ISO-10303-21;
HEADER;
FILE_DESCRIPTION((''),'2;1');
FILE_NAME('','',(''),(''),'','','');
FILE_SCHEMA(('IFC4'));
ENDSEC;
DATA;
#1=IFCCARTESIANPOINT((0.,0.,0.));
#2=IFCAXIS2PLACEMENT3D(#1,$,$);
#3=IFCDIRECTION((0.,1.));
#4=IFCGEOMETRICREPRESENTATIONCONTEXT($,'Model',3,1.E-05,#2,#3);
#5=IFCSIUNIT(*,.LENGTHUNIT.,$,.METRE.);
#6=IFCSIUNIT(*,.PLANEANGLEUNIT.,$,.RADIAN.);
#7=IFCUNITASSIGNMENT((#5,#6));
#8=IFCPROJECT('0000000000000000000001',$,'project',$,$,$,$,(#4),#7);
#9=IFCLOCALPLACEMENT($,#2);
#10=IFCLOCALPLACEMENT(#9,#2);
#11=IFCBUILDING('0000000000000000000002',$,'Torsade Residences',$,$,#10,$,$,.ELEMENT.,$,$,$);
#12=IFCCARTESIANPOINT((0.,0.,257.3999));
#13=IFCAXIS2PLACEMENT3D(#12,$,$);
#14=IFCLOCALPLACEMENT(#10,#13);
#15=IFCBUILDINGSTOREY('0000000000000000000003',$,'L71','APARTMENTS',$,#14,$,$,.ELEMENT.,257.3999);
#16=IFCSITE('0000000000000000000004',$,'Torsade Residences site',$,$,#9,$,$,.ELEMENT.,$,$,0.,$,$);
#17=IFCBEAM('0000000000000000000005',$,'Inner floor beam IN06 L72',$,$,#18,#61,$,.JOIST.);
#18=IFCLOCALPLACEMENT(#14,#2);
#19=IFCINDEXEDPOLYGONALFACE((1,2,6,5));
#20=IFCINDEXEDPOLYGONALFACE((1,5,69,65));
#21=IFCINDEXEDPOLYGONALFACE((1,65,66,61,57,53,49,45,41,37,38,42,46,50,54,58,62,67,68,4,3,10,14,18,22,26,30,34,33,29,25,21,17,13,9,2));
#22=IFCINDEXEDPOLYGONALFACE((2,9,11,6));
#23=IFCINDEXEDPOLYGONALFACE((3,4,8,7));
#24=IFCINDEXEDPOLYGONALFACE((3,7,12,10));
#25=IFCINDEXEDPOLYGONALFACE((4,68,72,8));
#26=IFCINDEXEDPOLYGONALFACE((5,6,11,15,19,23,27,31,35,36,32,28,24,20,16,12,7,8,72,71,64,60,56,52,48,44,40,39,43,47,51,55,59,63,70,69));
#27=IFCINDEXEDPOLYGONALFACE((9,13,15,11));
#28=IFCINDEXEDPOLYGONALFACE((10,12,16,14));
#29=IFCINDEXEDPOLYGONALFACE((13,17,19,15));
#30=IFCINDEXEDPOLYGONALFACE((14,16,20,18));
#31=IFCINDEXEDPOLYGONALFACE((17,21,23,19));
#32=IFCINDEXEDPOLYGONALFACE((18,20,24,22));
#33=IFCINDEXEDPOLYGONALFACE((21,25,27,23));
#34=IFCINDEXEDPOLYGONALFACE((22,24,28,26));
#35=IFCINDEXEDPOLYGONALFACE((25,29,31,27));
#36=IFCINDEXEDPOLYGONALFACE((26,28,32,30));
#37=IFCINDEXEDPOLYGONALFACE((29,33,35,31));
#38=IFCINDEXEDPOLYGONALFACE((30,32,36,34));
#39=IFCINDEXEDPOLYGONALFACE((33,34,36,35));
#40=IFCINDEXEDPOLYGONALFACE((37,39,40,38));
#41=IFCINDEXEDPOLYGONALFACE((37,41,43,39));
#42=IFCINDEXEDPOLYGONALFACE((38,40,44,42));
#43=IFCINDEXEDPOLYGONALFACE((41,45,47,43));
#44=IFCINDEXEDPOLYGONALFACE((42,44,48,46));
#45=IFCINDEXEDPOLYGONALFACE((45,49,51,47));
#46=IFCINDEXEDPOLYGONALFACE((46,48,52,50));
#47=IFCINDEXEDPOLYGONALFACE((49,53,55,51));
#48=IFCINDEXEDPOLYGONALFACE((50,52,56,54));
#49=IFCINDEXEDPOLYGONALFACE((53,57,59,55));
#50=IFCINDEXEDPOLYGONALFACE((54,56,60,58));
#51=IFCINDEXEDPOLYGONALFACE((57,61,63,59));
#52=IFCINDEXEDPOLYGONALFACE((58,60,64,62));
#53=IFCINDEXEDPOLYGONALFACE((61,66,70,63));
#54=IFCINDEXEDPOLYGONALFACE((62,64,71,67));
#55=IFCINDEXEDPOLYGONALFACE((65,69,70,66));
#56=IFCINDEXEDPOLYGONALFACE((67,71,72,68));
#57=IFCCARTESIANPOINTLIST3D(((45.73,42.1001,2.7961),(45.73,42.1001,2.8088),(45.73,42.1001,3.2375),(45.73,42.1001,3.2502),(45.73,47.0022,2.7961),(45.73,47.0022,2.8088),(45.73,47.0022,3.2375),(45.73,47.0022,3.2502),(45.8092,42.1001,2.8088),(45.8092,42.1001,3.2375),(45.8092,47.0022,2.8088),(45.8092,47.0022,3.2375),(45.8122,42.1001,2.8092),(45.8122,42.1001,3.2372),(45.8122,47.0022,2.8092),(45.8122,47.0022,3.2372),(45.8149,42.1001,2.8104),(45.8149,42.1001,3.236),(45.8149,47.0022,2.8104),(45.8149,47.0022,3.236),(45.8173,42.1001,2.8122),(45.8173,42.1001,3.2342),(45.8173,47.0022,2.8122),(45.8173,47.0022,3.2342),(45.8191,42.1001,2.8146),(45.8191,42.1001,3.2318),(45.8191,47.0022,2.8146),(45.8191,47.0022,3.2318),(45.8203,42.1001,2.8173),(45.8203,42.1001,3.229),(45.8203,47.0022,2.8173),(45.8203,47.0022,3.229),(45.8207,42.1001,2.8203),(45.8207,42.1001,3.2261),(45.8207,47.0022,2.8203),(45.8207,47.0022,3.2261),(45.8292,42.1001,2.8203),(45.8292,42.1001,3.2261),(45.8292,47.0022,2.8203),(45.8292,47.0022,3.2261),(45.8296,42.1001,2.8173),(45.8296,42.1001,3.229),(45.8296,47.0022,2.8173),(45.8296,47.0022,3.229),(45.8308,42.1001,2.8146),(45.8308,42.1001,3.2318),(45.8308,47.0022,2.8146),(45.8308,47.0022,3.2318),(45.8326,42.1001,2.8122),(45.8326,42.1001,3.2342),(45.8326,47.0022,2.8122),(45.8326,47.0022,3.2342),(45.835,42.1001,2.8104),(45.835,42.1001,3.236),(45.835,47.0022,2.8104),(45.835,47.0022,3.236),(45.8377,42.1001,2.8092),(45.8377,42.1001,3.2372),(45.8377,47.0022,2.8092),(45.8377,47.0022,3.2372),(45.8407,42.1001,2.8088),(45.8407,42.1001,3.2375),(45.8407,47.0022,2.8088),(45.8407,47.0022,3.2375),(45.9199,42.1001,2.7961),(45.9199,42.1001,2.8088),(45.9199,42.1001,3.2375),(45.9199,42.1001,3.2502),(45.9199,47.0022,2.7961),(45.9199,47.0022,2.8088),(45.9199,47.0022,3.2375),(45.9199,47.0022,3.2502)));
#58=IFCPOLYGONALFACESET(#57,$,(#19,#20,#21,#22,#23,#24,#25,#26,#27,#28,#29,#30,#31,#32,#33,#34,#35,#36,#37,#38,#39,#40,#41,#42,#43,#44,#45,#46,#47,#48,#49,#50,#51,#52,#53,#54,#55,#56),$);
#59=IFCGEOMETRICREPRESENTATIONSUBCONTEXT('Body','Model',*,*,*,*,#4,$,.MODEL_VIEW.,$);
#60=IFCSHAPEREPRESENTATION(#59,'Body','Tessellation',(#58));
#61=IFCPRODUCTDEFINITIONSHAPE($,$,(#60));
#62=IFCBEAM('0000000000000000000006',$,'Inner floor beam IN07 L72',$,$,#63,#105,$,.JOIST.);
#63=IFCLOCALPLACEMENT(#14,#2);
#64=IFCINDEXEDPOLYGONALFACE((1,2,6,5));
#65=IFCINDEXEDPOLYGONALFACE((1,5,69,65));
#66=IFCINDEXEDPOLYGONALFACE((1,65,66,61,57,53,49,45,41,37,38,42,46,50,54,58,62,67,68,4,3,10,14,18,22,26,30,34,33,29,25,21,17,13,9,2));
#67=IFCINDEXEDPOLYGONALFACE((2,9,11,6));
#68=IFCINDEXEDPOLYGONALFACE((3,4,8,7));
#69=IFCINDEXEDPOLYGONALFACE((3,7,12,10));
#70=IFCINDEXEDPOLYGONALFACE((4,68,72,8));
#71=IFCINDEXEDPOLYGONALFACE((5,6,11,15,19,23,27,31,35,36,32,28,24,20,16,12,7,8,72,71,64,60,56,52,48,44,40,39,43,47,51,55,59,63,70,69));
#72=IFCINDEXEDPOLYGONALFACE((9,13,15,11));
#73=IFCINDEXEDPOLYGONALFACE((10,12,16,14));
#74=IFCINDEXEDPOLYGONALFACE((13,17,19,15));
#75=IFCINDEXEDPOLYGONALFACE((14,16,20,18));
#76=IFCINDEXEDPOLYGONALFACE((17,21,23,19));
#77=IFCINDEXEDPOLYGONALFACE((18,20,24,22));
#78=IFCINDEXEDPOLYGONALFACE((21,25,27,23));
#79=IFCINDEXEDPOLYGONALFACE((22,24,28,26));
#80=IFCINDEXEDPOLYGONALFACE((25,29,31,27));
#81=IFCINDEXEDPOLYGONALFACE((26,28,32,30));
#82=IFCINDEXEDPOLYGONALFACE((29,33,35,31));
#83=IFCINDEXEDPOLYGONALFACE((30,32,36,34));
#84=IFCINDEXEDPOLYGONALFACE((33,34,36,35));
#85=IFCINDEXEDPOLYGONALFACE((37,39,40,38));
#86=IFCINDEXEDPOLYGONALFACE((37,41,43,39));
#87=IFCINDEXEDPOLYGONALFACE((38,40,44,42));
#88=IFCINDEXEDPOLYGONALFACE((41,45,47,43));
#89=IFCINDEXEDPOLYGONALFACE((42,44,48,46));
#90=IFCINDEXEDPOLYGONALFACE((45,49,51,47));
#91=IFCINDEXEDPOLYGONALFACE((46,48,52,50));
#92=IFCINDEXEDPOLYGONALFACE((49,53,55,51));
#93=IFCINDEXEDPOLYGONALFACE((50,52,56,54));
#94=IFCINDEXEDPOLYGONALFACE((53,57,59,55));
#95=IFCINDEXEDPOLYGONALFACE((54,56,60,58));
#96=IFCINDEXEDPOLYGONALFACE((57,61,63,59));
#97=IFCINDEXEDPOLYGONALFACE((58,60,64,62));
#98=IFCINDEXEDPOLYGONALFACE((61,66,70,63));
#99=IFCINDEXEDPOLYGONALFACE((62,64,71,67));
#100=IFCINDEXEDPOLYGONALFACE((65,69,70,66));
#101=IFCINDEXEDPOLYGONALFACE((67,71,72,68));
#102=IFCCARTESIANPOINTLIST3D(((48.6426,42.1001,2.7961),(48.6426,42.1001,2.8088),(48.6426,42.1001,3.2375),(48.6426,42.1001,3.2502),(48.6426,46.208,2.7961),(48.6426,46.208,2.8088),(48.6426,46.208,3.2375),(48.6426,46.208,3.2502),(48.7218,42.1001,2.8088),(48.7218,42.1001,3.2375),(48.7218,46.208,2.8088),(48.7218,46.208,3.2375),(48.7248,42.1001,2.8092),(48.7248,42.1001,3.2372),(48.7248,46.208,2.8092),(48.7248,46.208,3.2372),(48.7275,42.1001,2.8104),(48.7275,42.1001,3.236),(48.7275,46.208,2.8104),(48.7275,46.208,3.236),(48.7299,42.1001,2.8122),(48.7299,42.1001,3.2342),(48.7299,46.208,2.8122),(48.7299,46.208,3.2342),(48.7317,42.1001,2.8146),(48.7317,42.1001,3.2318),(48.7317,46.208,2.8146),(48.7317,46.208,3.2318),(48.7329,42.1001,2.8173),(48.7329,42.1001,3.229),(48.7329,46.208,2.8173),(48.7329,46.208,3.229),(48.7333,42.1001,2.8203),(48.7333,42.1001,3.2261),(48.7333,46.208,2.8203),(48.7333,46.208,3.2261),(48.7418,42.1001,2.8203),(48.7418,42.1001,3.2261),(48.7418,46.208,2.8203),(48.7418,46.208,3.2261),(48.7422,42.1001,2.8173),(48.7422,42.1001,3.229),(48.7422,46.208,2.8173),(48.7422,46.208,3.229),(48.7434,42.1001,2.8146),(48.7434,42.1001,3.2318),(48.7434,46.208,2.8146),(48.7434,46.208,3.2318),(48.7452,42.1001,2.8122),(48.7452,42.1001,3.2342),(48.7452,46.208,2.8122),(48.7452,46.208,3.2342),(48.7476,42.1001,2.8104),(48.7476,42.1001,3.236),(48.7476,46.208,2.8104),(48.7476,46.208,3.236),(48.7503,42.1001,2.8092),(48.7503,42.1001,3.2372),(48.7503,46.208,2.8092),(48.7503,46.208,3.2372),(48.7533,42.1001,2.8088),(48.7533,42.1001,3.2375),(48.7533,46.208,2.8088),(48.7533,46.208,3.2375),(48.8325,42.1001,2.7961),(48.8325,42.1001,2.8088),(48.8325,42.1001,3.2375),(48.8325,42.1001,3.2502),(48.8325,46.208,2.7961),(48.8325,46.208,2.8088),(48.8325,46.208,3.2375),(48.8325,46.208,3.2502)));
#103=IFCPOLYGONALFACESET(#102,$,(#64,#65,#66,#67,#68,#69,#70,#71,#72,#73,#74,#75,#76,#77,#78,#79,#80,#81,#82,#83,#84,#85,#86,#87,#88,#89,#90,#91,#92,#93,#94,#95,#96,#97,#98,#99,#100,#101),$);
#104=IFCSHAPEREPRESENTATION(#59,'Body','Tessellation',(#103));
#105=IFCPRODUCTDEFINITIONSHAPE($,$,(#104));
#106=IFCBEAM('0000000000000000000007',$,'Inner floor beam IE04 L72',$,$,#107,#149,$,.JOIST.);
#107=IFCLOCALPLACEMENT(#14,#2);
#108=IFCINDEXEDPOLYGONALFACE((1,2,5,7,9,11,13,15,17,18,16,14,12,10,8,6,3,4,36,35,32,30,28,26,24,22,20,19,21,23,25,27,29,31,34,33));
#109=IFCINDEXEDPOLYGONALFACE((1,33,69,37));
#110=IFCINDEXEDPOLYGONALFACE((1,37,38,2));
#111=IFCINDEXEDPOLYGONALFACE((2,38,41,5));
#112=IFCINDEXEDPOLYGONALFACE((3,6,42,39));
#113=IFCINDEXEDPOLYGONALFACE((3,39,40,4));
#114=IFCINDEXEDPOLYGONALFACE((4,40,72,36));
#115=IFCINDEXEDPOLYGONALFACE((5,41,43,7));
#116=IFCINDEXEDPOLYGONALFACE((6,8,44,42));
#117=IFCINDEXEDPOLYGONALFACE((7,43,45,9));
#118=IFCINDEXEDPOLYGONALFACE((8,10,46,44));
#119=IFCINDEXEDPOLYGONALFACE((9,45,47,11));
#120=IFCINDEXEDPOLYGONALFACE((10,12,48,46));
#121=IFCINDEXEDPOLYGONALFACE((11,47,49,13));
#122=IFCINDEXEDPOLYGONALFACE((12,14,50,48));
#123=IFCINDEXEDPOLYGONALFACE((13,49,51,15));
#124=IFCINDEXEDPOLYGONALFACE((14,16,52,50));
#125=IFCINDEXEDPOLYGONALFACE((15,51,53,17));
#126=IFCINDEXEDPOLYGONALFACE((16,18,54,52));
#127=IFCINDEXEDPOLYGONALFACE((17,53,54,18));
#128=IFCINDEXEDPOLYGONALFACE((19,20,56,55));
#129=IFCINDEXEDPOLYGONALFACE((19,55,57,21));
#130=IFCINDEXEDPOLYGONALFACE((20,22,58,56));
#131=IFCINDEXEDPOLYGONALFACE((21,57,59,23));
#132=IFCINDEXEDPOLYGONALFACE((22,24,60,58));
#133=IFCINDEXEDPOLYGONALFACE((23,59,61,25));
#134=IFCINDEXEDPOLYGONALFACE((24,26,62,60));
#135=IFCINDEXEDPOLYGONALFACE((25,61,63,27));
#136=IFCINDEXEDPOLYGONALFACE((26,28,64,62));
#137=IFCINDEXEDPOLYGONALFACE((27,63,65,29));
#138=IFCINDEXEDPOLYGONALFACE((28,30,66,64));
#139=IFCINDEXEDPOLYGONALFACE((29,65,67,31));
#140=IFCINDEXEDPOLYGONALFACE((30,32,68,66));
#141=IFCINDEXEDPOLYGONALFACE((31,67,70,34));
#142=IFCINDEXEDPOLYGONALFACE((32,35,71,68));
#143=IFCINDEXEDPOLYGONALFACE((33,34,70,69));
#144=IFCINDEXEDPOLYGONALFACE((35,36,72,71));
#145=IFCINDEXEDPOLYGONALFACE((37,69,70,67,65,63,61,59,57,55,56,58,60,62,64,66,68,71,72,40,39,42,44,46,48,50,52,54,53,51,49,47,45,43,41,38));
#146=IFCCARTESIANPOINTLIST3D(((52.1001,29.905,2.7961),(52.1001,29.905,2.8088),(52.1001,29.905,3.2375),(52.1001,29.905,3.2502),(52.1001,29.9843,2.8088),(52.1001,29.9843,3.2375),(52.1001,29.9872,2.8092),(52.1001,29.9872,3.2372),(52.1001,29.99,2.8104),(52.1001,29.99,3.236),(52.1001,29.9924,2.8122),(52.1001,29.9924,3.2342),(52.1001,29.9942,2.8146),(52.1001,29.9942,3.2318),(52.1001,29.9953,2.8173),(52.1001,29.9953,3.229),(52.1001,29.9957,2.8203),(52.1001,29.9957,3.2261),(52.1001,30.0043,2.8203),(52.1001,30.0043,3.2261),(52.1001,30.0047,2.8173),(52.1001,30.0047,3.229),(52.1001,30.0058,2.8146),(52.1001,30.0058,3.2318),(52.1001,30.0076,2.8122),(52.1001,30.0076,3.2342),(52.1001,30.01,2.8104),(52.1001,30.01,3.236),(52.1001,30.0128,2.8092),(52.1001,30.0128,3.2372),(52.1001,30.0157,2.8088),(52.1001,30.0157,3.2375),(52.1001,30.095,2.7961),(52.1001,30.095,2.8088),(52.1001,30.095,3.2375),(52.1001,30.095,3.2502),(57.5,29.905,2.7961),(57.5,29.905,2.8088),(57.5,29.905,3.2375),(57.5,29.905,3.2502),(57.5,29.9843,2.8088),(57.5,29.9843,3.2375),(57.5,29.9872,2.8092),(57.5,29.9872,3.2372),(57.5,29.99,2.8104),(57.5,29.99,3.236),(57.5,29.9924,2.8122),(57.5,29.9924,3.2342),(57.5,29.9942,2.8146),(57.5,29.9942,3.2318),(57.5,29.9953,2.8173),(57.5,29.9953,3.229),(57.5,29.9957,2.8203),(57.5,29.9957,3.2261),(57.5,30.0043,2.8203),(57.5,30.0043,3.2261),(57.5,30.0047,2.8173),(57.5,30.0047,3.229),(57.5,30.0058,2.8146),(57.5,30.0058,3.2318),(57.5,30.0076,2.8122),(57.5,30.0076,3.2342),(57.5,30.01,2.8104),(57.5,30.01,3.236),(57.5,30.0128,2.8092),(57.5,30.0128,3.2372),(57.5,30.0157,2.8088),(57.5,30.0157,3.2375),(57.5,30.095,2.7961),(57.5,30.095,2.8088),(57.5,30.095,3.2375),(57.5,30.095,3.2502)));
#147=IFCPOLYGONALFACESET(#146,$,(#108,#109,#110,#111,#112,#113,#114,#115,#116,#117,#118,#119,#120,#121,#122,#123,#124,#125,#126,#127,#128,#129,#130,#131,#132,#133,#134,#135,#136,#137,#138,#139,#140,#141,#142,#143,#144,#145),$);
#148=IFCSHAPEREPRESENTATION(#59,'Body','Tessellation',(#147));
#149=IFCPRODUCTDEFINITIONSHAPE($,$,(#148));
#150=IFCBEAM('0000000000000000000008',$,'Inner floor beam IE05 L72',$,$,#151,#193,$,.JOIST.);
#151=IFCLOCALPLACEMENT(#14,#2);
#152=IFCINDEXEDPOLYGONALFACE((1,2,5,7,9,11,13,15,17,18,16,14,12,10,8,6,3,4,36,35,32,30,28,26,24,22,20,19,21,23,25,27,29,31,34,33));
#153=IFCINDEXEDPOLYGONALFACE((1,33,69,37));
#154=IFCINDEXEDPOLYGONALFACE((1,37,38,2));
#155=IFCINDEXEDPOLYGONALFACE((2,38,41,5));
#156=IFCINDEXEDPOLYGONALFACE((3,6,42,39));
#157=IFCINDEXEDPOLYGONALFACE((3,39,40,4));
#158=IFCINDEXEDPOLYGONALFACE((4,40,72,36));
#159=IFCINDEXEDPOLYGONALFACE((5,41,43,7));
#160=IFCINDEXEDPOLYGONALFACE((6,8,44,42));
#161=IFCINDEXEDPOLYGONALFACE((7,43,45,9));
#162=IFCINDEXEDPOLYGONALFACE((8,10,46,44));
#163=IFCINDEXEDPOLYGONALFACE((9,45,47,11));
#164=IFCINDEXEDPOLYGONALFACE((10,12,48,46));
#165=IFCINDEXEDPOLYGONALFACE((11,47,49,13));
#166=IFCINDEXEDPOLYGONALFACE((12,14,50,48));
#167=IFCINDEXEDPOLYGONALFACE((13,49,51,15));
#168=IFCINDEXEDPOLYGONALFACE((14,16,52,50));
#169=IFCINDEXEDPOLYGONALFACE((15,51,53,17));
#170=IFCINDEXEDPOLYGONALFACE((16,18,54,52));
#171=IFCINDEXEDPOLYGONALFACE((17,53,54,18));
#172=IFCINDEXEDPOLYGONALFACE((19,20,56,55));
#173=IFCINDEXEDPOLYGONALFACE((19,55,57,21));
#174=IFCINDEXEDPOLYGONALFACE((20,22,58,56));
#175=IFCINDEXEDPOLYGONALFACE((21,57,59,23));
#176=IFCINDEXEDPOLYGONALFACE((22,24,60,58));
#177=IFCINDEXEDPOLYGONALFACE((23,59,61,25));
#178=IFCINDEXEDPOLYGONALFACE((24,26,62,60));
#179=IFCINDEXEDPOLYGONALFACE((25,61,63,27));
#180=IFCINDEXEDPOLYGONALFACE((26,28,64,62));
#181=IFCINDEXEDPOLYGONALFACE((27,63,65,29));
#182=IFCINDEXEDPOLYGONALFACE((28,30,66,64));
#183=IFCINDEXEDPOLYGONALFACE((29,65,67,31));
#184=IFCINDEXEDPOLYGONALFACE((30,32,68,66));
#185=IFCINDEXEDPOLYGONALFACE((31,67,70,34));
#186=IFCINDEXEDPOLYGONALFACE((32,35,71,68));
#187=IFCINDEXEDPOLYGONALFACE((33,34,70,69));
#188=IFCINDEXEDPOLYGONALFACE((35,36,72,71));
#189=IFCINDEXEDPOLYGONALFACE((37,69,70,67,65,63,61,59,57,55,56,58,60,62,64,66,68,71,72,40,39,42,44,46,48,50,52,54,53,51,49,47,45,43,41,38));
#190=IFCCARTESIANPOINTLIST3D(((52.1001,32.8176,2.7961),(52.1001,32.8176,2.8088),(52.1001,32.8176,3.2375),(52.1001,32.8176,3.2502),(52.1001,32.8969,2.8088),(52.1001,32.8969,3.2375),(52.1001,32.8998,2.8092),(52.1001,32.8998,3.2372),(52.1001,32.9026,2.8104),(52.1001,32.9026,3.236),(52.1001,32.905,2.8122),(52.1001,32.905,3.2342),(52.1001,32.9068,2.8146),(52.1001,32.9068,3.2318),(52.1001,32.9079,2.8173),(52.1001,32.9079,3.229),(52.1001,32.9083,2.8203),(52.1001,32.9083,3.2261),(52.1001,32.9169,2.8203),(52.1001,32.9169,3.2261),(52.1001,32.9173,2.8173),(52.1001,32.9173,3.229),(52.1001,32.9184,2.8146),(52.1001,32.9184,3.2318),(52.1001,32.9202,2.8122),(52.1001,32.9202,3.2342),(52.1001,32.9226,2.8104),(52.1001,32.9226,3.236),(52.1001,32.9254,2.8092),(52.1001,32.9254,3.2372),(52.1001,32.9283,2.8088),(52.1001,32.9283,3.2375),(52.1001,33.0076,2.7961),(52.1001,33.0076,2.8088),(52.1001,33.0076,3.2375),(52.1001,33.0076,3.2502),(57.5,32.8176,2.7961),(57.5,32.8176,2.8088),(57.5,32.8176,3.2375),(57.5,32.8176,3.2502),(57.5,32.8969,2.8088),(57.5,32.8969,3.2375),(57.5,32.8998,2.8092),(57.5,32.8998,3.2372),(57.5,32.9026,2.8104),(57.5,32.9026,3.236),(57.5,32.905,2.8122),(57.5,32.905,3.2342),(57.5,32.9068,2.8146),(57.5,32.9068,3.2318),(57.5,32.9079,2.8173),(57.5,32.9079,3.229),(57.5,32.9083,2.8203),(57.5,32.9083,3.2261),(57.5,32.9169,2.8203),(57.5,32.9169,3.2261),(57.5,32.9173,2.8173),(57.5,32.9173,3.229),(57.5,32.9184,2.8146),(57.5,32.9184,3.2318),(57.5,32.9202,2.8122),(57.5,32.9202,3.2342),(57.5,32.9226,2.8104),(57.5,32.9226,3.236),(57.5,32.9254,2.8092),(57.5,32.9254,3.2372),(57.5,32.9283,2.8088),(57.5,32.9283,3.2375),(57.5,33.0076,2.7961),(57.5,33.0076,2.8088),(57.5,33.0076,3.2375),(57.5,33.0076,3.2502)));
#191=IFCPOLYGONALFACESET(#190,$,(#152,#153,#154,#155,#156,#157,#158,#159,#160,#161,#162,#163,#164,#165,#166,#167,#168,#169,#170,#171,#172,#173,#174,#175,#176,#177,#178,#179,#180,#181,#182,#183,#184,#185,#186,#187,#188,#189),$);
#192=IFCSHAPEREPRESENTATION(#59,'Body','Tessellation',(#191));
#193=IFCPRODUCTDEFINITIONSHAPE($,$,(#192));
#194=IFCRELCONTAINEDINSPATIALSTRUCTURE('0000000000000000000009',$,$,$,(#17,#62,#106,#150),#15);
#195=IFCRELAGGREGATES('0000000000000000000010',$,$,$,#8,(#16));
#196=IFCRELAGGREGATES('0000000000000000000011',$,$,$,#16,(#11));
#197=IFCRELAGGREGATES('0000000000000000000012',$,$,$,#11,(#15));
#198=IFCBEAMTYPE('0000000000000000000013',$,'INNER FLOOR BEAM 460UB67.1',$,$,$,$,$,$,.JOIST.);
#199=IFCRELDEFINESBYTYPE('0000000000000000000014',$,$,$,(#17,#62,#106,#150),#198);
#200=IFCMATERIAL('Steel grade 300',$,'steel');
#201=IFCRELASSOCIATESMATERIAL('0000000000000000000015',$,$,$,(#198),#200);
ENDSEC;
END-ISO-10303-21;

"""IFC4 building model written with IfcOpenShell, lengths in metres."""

from ifc_helpers import new_model, si_unit, direction, frame, origin, origin_2d, place, context, subcontext, project, spatial, i_section, extrude, material, material_profile, profile_set, type_object, element, save


model = new_model("IFC4")

# Units and contexts
model_context = context("Model", 3, precision=1e-05, world=origin(), true_north=direction((0.0, 1.0)))
body_context = subcontext(model_context, "Body", "Model", "MODEL_VIEW")
ifc_project = project(units=[si_unit("LENGTHUNIT", "METRE"), si_unit("PLANEANGLEUNIT", "RADIAN")], contexts=[model_context])

# Site, building, storey
site_placement = place(None, origin())
site = spatial("IfcSite", under=ifc_project, at=site_placement, Name="Torsade Residences site", CompositionType="ELEMENT", RefElevation=0.0)
building_placement = place(site_placement, origin())
building = spatial("IfcBuilding", under=site, at=building_placement, Name="Torsade Residences", CompositionType="ELEMENT")
storey_placement = place(building_placement, frame((0.0, 0.0, 257.3999)))
storey = spatial("IfcBuildingStorey", under=building, at=storey_placement, Name="L71", Description="APARTMENTS", CompositionType="ELEMENT", Elevation=257.3999)

# Beams
ifc_material_1 = material(Name="Steel grade 300", Category="steel")
ifc_material_profile_1 = material_profile(ifc_material_1, i_section(OverallWidth=0.1899, OverallDepth=0.4541, WebThickness=0.0085, FlangeThickness=0.0127, FilletRadius=0.0115, at=origin_2d()), Name="460UB67.1")
ifc_profile_set_1 = profile_set([ifc_material_profile_1], Name="Steel grade 300")
beam_type_1 = type_object("IfcBeamType", Name="INNER FLOOR BEAM 460UB67.1", PredefinedType="JOIST", material=ifc_profile_set_1)
beam_1_placement = place(storey_placement, frame((45.825, 42.1001, 3.0232), z_axis=(0.0, 1.0, 0.0), x_axis=(-1.0, 0.0, 0.0)))
element("IfcBeam", 1, at=beam_1_placement, inside=storey, type_object=beam_type_1, Name="Inner floor beam IN06 L72", PredefinedType="JOIST", context=body_context, shape_type="SweptSolid", body=[
    extrude(i_section(OverallWidth=0.1899, OverallDepth=0.4541, WebThickness=0.0085, FlangeThickness=0.0127, FilletRadius=0.0115, at=origin_2d()), origin(), (0.0, 0.0, 1.0), 4.9021),
])
beam_2_placement = place(storey_placement, frame((48.7375, 42.1001, 3.0232), z_axis=(0.0, 1.0, 0.0), x_axis=(-1.0, 0.0, 0.0)))
element("IfcBeam", 2, at=beam_2_placement, inside=storey, type_object=beam_type_1, Name="Inner floor beam IN07 L72", PredefinedType="JOIST", context=body_context, shape_type="SweptSolid", body=[
    extrude(i_section(OverallWidth=0.1899, OverallDepth=0.4541, WebThickness=0.0085, FlangeThickness=0.0127, FilletRadius=0.0115, at=origin_2d()), origin(), (0.0, 0.0, 1.0), 4.1079),
])
for number, where, z_axis, x_axis, name in (
    (3, (52.1001, 30.0, 3.0232), (1.0, 0.0, 0.0), (0.0, 1.0, 0.0), "Inner floor beam IE04 L72"),
    (4, (52.1001, 32.9126, 3.0232), (1.0, 0.0, 0.0), (0.0, 1.0, 0.0), "Inner floor beam IE05 L72"),
):
    element("IfcBeam", number, at=place(storey_placement, frame(where, z_axis=z_axis, x_axis=x_axis)), inside=storey, type_object=beam_type_1, Name=name, PredefinedType="JOIST", context=body_context, shape_type="SweptSolid", body=[
        extrude(i_section(OverallWidth=0.1899, OverallDepth=0.4541, WebThickness=0.0085, FlangeThickness=0.0127, FilletRadius=0.0115, at=origin_2d()), origin(), (0.0, 0.0, 1.0), 5.3999),
    ])

save(model, "model.ifc")
